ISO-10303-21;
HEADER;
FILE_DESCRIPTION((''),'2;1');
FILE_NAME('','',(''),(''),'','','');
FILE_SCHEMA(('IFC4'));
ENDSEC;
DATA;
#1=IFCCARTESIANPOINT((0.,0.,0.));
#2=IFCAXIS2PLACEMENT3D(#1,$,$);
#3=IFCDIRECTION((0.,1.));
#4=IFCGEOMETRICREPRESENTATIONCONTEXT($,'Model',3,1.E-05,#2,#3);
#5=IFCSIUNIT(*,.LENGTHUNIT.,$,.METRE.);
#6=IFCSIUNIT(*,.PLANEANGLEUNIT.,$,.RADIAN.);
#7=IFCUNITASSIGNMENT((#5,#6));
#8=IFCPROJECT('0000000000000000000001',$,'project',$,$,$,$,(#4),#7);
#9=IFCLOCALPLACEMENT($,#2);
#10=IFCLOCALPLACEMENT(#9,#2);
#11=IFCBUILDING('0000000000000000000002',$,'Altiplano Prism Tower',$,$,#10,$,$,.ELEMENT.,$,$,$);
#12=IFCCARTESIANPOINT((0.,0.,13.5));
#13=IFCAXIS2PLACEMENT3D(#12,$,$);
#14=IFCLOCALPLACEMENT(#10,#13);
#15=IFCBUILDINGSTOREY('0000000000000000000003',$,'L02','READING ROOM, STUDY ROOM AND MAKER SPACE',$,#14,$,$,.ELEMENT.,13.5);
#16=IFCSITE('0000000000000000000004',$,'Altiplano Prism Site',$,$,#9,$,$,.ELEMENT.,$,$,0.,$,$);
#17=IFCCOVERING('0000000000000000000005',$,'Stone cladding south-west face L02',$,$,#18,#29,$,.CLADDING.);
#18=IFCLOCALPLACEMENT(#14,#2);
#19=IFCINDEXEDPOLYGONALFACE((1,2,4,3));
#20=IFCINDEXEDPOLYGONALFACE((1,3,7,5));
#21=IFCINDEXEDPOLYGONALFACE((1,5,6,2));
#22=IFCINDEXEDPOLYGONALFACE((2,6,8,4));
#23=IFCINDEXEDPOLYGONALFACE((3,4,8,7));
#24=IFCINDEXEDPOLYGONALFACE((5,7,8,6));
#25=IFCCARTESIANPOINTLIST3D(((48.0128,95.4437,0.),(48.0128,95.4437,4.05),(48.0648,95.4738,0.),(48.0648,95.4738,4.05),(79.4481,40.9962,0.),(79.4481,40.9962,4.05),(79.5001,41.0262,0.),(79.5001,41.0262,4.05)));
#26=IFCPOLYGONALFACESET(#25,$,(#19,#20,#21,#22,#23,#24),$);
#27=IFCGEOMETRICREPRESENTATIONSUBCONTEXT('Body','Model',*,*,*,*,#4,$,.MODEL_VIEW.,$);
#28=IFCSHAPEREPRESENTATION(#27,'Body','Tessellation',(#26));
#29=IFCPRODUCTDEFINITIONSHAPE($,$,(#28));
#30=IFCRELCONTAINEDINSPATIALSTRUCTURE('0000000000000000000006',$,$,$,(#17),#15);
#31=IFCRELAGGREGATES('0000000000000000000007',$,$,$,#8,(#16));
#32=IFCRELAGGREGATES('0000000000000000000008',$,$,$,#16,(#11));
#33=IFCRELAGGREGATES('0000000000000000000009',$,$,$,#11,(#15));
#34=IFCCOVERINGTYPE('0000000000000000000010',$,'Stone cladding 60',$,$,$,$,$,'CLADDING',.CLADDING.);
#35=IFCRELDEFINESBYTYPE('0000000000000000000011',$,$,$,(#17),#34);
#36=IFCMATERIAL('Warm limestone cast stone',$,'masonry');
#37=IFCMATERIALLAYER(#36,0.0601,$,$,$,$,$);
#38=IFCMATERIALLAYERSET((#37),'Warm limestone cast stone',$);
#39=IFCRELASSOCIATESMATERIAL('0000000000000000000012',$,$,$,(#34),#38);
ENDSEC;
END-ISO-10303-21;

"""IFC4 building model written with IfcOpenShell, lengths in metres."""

from ifc_helpers import new_model, si_unit, direction, frame, frame_2d, origin, place, context, subcontext, project, spatial, rectangle, extrude, material, layer, layer_set, type_object, element, save


model = new_model("IFC4")

# Units and contexts
model_context = context("Model", 3, precision=1e-05, world=origin(), true_north=direction((0.0, 1.0)))
body_context = subcontext(model_context, "Body", "Model", "MODEL_VIEW")
ifc_project = project(units=[si_unit("LENGTHUNIT", "METRE"), si_unit("PLANEANGLEUNIT", "RADIAN")], contexts=[model_context])

# Site, building, storey
site_placement = place(None, origin())
site = spatial("IfcSite", under=ifc_project, at=site_placement, Name="Altiplano Prism Site", CompositionType="ELEMENT", RefElevation=0.0)
building_placement = place(site_placement, origin())
building = spatial("IfcBuilding", under=site, at=building_placement, Name="Altiplano Prism Tower", CompositionType="ELEMENT")
storey_placement = place(building_placement, frame((0.0, 0.0, 13.5)))
storey = spatial("IfcBuildingStorey", under=building, at=storey_placement, Name="L02", Description="READING ROOM, STUDY ROOM AND MAKER SPACE", CompositionType="ELEMENT", Elevation=13.5)

# Covering
ifc_material_1 = material(Name="Warm limestone cast stone", Category="masonry")
ifc_layer_1 = layer(ifc_material_1, 0.0601)
ifc_layer_set_1 = layer_set([ifc_layer_1], Name="Warm limestone cast stone")
covering_type = type_object("IfcCoveringType", Name="Stone cladding 60", ElementType="CLADDING", PredefinedType="CLADDING", material=ifc_layer_set_1)
covering_placement = place(storey_placement, frame((79.4741, 41.0112, 0.0), z_axis=(0.0, 0.0, 1.0), x_axis=(-0.5, 0.866025, 0.0)))
element("IfcCovering", 1, at=covering_placement, inside=storey, type_object=covering_type, Name="Stone cladding south-west face L02", PredefinedType="CLADDING", context=body_context, shape_type="SweptSolid", body=[
    extrude(rectangle(XDim=62.8706, YDim=0.0601, at=frame_2d((31.4353, 0.0))), origin(), (0.0, 0.0, 1.0), 4.05),
])

save(model, "model.ifc")
